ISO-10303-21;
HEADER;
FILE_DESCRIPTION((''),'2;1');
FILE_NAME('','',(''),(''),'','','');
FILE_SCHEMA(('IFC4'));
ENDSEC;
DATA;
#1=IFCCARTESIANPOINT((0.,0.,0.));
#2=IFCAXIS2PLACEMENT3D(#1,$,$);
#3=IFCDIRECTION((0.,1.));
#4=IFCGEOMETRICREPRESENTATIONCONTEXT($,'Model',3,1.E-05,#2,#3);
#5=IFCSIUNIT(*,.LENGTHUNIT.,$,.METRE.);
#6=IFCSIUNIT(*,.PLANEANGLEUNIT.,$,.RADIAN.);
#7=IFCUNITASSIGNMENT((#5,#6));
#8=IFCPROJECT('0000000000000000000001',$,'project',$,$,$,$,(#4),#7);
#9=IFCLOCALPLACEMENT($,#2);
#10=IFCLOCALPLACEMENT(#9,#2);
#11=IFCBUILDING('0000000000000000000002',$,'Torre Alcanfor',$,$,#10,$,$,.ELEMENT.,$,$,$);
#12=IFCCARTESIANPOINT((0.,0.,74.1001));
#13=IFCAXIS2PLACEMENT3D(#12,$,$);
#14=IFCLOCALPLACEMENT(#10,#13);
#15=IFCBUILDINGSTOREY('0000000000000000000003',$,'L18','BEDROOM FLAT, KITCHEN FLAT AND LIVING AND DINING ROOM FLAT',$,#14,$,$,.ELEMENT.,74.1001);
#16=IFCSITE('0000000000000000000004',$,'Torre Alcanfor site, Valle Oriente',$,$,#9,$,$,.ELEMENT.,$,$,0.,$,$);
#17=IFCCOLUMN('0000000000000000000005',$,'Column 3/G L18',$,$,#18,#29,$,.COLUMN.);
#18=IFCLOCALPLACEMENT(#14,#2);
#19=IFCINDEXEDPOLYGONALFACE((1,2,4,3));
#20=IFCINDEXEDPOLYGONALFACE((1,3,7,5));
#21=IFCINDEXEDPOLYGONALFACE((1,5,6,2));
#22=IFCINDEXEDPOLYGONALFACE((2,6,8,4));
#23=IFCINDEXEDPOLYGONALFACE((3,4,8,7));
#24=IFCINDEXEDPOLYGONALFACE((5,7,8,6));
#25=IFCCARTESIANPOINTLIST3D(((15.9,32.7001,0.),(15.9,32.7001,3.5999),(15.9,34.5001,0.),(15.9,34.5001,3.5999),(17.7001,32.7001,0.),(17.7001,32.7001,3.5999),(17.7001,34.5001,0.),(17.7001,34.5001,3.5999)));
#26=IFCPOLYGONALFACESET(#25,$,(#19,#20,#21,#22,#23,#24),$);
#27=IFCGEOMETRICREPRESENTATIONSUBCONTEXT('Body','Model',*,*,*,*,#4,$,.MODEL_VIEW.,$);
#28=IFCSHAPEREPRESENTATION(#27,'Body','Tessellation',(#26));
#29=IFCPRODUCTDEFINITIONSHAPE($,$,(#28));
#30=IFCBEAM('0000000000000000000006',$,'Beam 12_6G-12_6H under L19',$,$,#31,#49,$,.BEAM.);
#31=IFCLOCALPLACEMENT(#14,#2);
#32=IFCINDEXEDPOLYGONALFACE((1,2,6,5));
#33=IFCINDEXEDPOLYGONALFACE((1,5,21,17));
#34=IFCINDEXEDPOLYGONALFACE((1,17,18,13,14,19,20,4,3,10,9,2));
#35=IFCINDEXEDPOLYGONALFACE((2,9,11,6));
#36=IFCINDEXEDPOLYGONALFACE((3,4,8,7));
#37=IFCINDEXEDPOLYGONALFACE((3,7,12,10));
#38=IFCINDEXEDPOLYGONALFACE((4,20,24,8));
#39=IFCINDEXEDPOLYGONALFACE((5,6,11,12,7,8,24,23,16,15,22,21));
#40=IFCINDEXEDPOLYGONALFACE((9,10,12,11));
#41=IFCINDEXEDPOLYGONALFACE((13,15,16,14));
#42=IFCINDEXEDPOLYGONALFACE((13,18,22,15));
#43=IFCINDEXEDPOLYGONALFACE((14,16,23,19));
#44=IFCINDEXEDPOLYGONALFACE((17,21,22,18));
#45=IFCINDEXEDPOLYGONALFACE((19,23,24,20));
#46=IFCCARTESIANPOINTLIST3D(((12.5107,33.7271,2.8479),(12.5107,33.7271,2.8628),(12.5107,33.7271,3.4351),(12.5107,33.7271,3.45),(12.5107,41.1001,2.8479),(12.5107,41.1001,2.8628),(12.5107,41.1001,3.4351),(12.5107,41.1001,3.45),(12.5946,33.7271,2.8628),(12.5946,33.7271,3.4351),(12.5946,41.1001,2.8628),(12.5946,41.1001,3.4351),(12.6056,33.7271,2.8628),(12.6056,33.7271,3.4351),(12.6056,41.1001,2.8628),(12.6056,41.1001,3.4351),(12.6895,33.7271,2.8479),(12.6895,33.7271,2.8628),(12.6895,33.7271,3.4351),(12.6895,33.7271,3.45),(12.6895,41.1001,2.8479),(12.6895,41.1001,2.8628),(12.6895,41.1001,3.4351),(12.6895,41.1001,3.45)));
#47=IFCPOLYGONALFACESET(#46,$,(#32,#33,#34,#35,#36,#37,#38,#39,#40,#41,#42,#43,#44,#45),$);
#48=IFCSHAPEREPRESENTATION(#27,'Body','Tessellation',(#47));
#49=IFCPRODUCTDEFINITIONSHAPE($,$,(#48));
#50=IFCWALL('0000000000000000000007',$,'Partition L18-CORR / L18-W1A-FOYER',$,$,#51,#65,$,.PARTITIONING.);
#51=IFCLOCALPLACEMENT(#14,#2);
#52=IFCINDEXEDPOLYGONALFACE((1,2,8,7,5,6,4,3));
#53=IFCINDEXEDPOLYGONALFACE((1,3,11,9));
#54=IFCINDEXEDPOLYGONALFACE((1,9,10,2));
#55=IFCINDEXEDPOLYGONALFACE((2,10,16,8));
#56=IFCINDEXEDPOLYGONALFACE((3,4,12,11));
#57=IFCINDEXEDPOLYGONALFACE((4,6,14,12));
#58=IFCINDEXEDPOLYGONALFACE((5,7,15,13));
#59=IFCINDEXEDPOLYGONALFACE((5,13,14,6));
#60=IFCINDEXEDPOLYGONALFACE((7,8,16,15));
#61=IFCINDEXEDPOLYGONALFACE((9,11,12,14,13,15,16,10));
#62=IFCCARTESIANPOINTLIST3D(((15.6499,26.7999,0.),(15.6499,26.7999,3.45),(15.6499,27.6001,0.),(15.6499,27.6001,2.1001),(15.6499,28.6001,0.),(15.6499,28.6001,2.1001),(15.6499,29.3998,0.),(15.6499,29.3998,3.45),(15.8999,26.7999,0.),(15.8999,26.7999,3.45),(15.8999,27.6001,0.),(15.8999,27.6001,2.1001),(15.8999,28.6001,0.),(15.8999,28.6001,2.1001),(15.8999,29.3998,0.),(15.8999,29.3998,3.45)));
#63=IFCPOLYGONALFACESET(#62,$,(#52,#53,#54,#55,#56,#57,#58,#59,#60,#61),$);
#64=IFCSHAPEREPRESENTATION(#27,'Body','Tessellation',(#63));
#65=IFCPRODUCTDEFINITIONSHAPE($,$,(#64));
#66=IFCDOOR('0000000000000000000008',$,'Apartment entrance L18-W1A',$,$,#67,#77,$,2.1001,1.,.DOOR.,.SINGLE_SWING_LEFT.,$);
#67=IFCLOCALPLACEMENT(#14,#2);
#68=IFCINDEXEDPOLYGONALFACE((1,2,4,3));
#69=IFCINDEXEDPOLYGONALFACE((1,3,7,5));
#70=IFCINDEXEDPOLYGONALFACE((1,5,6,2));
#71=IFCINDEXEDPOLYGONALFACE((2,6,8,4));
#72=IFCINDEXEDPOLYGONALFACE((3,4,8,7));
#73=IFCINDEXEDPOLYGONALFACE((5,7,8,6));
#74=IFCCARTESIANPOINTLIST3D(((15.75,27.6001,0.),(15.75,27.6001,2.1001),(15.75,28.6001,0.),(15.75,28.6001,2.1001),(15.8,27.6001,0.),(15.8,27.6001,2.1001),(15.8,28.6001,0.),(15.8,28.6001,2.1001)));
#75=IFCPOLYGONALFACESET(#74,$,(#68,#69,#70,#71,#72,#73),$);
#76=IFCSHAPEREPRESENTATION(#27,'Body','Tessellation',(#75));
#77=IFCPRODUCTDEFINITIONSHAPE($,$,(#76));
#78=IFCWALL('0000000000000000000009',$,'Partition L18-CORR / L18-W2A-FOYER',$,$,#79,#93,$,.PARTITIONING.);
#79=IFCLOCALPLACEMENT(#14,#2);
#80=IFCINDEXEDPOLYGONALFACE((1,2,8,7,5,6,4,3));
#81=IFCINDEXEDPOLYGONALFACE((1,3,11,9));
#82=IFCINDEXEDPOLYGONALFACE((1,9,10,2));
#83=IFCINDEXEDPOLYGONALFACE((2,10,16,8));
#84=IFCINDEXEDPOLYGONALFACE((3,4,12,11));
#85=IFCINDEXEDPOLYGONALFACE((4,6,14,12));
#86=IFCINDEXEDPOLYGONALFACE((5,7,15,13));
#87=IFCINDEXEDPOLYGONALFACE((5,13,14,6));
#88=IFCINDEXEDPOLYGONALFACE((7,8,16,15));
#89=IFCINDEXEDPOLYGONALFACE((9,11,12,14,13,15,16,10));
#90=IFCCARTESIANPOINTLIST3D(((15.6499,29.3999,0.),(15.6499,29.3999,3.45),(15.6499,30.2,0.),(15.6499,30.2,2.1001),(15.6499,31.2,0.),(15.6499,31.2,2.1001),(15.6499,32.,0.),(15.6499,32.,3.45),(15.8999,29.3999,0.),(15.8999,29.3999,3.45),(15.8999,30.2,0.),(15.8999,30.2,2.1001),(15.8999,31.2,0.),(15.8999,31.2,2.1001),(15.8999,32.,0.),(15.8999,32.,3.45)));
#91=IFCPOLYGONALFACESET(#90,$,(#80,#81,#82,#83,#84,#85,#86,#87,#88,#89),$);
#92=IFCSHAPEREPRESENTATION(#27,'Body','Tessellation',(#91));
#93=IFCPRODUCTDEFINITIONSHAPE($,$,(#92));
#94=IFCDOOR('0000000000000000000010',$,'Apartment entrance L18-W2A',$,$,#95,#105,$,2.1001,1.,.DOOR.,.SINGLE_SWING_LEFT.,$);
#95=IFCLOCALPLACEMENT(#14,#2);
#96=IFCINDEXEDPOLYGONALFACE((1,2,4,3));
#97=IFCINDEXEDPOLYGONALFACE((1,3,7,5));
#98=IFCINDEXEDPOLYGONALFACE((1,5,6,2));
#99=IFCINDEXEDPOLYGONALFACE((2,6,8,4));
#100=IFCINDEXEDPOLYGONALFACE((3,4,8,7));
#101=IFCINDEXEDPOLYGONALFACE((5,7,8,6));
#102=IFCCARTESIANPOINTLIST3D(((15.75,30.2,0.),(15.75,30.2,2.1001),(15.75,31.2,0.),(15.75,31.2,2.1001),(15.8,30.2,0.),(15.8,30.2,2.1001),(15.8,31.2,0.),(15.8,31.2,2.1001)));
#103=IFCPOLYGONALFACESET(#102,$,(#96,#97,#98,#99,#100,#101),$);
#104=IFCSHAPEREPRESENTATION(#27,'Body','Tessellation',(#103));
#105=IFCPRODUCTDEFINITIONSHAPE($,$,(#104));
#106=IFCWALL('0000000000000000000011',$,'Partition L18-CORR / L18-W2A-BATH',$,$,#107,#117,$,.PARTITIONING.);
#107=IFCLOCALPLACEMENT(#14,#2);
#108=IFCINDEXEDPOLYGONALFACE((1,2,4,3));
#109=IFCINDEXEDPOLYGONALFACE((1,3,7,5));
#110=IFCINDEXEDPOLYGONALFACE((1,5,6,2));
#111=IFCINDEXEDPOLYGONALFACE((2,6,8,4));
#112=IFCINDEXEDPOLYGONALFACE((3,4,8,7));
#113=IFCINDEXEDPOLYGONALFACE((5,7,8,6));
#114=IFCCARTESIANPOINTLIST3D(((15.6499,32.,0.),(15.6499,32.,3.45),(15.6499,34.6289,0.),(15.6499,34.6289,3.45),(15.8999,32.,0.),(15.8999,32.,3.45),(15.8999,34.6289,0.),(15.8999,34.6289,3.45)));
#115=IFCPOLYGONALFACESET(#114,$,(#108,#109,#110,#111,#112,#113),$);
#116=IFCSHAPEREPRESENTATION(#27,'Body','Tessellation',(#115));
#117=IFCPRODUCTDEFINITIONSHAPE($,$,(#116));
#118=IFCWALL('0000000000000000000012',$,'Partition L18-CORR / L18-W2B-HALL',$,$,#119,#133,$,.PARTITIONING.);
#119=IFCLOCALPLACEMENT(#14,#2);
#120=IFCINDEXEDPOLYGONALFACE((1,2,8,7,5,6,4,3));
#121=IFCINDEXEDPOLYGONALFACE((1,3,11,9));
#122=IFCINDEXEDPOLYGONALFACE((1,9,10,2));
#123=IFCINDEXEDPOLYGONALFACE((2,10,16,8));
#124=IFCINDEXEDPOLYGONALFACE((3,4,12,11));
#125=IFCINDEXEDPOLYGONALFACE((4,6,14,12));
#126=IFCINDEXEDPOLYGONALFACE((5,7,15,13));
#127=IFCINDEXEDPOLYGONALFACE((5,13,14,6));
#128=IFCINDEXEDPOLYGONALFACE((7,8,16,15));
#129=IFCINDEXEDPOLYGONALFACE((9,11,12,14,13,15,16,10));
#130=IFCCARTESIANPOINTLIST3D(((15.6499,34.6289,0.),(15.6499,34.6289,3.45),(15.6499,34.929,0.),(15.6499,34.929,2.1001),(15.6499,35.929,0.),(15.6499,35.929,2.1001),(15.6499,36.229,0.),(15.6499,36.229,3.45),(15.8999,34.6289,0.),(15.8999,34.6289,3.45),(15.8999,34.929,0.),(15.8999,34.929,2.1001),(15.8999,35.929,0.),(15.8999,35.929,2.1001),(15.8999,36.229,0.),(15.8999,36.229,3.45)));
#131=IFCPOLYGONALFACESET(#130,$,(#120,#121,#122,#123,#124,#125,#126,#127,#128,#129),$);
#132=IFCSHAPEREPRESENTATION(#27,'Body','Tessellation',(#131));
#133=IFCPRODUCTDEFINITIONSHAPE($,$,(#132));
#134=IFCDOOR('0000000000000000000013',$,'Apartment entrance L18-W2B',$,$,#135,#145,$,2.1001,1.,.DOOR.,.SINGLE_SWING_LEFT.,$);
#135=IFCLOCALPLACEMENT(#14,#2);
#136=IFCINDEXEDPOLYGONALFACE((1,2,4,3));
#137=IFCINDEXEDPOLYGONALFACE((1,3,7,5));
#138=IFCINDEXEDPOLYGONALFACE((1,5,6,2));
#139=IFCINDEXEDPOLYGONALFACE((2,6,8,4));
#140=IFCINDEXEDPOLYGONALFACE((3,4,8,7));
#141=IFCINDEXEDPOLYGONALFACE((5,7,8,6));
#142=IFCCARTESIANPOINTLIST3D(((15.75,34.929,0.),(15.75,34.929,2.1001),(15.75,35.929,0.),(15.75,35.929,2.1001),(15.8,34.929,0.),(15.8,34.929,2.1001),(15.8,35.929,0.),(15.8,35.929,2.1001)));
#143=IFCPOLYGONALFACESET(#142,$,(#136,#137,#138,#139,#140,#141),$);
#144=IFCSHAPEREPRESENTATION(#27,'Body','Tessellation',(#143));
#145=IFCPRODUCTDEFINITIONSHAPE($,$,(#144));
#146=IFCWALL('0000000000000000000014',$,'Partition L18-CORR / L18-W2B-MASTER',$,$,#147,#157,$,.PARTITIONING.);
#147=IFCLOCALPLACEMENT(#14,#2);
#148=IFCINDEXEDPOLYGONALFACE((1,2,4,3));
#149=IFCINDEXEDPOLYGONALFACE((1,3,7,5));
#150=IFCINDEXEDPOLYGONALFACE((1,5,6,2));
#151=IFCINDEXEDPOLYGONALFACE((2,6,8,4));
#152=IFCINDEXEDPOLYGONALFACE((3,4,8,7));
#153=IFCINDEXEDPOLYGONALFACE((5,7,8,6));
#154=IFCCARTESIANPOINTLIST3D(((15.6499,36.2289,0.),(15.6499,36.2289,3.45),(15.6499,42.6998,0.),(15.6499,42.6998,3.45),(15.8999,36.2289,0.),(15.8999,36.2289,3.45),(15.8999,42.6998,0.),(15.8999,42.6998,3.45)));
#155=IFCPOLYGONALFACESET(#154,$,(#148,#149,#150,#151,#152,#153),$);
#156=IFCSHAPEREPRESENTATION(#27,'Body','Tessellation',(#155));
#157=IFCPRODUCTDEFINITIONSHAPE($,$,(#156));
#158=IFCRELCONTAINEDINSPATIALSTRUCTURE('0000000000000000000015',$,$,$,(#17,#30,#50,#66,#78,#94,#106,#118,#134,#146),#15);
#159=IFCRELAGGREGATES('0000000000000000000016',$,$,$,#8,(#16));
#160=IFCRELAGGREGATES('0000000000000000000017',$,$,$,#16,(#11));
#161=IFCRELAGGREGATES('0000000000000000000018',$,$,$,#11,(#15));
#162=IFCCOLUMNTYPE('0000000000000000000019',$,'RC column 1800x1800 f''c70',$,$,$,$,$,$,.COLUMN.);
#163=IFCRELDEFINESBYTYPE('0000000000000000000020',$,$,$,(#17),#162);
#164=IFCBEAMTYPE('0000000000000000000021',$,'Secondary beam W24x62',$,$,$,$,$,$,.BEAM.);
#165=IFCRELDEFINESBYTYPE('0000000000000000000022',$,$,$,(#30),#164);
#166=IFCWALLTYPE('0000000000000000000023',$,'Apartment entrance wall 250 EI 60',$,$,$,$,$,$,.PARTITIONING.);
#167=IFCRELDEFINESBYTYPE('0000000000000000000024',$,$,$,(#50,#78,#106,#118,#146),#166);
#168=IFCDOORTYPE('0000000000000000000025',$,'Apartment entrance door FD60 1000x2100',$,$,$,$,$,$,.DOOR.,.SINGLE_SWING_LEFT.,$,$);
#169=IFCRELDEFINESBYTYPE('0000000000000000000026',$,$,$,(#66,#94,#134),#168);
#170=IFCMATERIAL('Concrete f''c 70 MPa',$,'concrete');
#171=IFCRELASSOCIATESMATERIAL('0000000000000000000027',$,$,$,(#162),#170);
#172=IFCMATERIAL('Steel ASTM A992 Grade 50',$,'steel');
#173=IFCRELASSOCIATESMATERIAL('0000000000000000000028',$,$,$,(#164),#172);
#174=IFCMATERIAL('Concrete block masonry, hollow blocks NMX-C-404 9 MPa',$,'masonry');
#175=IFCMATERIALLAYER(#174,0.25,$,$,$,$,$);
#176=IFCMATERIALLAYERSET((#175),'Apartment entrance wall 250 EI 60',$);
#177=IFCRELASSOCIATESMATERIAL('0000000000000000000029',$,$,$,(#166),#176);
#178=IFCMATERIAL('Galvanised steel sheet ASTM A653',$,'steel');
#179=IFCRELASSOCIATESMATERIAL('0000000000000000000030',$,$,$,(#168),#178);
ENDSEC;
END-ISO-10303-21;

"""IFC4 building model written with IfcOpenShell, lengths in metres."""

from ifc_helpers import new_model, si_unit, direction, frame, frame_2d, origin, origin_2d, place, context, subcontext, project, spatial, rectangle, i_section, extrude, material, layer, layer_set, material_profile, profile_set, type_object, element, fill, save


model = new_model("IFC4")

# Units and contexts
model_context = context("Model", 3, precision=1e-05, world=origin(), true_north=direction((0.0, 1.0)))
body_context = subcontext(model_context, "Body", "Model", "MODEL_VIEW")
ifc_project = project(units=[si_unit("LENGTHUNIT", "METRE"), si_unit("PLANEANGLEUNIT", "RADIAN")], contexts=[model_context])

# Site, building, storey
site_placement = place(None, origin())
site = spatial("IfcSite", under=ifc_project, at=site_placement, Name="Torre Alcanfor site, Valle Oriente", CompositionType="ELEMENT", RefElevation=0.0)
building_placement = place(site_placement, origin())
building = spatial("IfcBuilding", under=site, at=building_placement, Name="Torre Alcanfor", CompositionType="ELEMENT")
storey_placement = place(building_placement, frame((0.0, 0.0, 74.1001)))
storey = spatial("IfcBuildingStorey", under=building, at=storey_placement, Name="L18", Description="BEDROOM FLAT, KITCHEN FLAT AND LIVING AND DINING ROOM FLAT", CompositionType="ELEMENT", Elevation=74.1001)

# Column
ifc_material_1 = material(Name="Concrete f'c 70 MPa", Category="concrete")
ifc_material_profile_1 = material_profile(ifc_material_1, rectangle(XDim=1.8, YDim=1.8, at=origin_2d()), Name="1800x1800")
ifc_profile_set_1 = profile_set([ifc_material_profile_1], Name="Concrete f'c 70 MPa")
column_type = type_object("IfcColumnType", Name="RC column 1800x1800 f'c70", PredefinedType="COLUMN", material=ifc_profile_set_1)
column_placement = place(storey_placement, frame((16.8, 33.6001, 0.0), z_axis=(0.0, 0.0, 1.0), x_axis=(1.0, 0.0, 0.0)))
element("IfcColumn", 1, at=column_placement, inside=storey, type_object=column_type, Name="Column 3/G L18", PredefinedType="COLUMN", context=body_context, shape_type="SweptSolid", body=[
    extrude(rectangle(XDim=1.8, YDim=1.8, at=origin_2d()), origin(), (0.0, 0.0, 1.0), 3.5999),
])

# Beam
ifc_material_2 = material(Name="Steel ASTM A992 Grade 50", Category="steel")
ifc_material_profile_2 = material_profile(ifc_material_2, i_section(OverallWidth=0.1787, OverallDepth=0.6021, WebThickness=0.011, FlangeThickness=0.0149, at=origin_2d()), Name="W24x62")
ifc_profile_set_2 = profile_set([ifc_material_profile_2], Name="Steel ASTM A992 Grade 50")
beam_type = type_object("IfcBeamType", Name="Secondary beam W24x62", PredefinedType="BEAM", material=ifc_profile_set_2)
beam_placement = place(storey_placement, frame((12.6001, 33.7271, 3.1489), z_axis=(0.0, 1.0, 0.0), x_axis=(-1.0, 0.0, 0.0)))
element("IfcBeam", 2, at=beam_placement, inside=storey, type_object=beam_type, Name="Beam 12_6G-12_6H under L19", PredefinedType="BEAM", context=body_context, shape_type="SweptSolid", body=[
    extrude(i_section(OverallWidth=0.1787, OverallDepth=0.6021, WebThickness=0.011, FlangeThickness=0.0149, at=origin_2d()), origin(), (0.0, 0.0, 1.0), 7.373),
])

# Walls, openings, doors
ifc_material_3 = material(Name="Concrete block masonry, hollow blocks NMX-C-404 9 MPa", Category="masonry")
ifc_layer_1 = layer(ifc_material_3, 0.25)
ifc_layer_set_1 = layer_set([ifc_layer_1], Name="Apartment entrance wall 250 EI 60")
wall_type_1 = type_object("IfcWallType", Name="Apartment entrance wall 250 EI 60", PredefinedType="PARTITIONING", material=ifc_layer_set_1)
wall_1_placement = place(storey_placement, frame((15.7749, 26.8, 0.0), z_axis=(0.0, 0.0, 1.0), x_axis=(0.0, 1.0, 0.0)))
wall_1 = element("IfcWall", 3, at=wall_1_placement, inside=storey, type_object=wall_type_1, Name="Partition L18-CORR / L18-W1A-FOYER", PredefinedType="PARTITIONING", context=body_context, shape_type="SweptSolid", body=[
    extrude(rectangle(XDim=2.5999, YDim=0.25, at=frame_2d((1.2998, 0.0))), origin(), (0.0, 0.0, 1.0), 3.45),
])
opening_1_placement = place(wall_1_placement, frame((0.8, 0.0, 0.0)))
opening_1 = element("IfcOpeningElement", 4, at=opening_1_placement, cuts=wall_1, PredefinedType="OPENING", context=body_context, shape_type="SweptSolid", body=[
    extrude(rectangle(XDim=1.0, YDim=2.1001, at=frame_2d((0.5, 1.05))), frame((0.0, 0.135, 0.0), z_axis=(0.0, -1.0, 0.0), x_axis=(1.0, 0.0, 0.0)), (0.0, 0.0, 1.0), 0.27),
])
ifc_material_4 = material(Name="Galvanised steel sheet ASTM A653", Category="steel")
door_type_1 = type_object("IfcDoorType", Name="Apartment entrance door FD60 1000x2100", OperationType="SINGLE_SWING_LEFT", PredefinedType="DOOR", material=ifc_material_4)
door_1_placement = place(opening_1_placement, origin())
door_1 = element("IfcDoor", 5, at=door_1_placement, inside=storey, type_object=door_type_1, Name="Apartment entrance L18-W1A", OperationType="SINGLE_SWING_LEFT", OverallHeight=2.1001, OverallWidth=1.0, PredefinedType="DOOR", context=body_context, shape_type="SweptSolid", body=[
    extrude(rectangle(XDim=1.0, YDim=2.1001, at=frame_2d((0.5, 1.05))), frame((0.0, 0.0249, 0.0), z_axis=(0.0, -1.0, 0.0), x_axis=(1.0, 0.0, 0.0)), (0.0, 0.0, 1.0), 0.05),
])
fill(opening_1, door_1)
wall_2_placement = place(storey_placement, frame((15.7749, 29.3999, 0.0), z_axis=(0.0, 0.0, 1.0), x_axis=(0.0, 1.0, 0.0)))
wall_2 = element("IfcWall", 6, at=wall_2_placement, inside=storey, type_object=wall_type_1, Name="Partition L18-CORR / L18-W2A-FOYER", PredefinedType="PARTITIONING", context=body_context, shape_type="SweptSolid", body=[
    extrude(rectangle(XDim=2.6001, YDim=0.25, at=frame_2d((1.3, 0.0))), origin(), (0.0, 0.0, 1.0), 3.45),
])
opening_2_placement = place(wall_2_placement, frame((0.8, 0.0, 0.0)))
opening_2 = element("IfcOpeningElement", 7, at=opening_2_placement, cuts=wall_2, PredefinedType="OPENING", context=body_context, shape_type="SweptSolid", body=[
    extrude(rectangle(XDim=1.0, YDim=2.1001, at=frame_2d((0.5, 1.05))), frame((0.0, 0.135, 0.0), z_axis=(0.0, -1.0, 0.0), x_axis=(1.0, 0.0, 0.0)), (0.0, 0.0, 1.0), 0.27),
])
door_2_placement = place(opening_2_placement, origin())
door_2 = element("IfcDoor", 8, at=door_2_placement, inside=storey, type_object=door_type_1, Name="Apartment entrance L18-W2A", OperationType="SINGLE_SWING_LEFT", OverallHeight=2.1001, OverallWidth=1.0, PredefinedType="DOOR", context=body_context, shape_type="SweptSolid", body=[
    extrude(rectangle(XDim=1.0, YDim=2.1001, at=frame_2d((0.5, 1.05))), frame((0.0, 0.0249, 0.0), z_axis=(0.0, -1.0, 0.0), x_axis=(1.0, 0.0, 0.0)), (0.0, 0.0, 1.0), 0.05),
])
fill(opening_2, door_2)

# Wall
wall_3_placement = place(storey_placement, frame((15.7749, 32.0, 0.0), z_axis=(0.0, 0.0, 1.0), x_axis=(0.0, 1.0, 0.0)))
element("IfcWall", 9, at=wall_3_placement, inside=storey, type_object=wall_type_1, Name="Partition L18-CORR / L18-W2A-BATH", PredefinedType="PARTITIONING", context=body_context, shape_type="SweptSolid", body=[
    extrude(rectangle(XDim=2.6289, YDim=0.25, at=frame_2d((1.3145, 0.0))), origin(), (0.0, 0.0, 1.0), 3.45),
])

# Wall, opening, door
wall_4_placement = place(storey_placement, frame((15.7749, 34.6289, 0.0), z_axis=(0.0, 0.0, 1.0), x_axis=(0.0, 1.0, 0.0)))
wall_4 = element("IfcWall", 10, at=wall_4_placement, inside=storey, type_object=wall_type_1, Name="Partition L18-CORR / L18-W2B-HALL", PredefinedType="PARTITIONING", context=body_context, shape_type="SweptSolid", body=[
    extrude(rectangle(XDim=1.6001, YDim=0.25, at=frame_2d((0.8, 0.0))), origin(), (0.0, 0.0, 1.0), 3.45),
])
opening_3_placement = place(wall_4_placement, frame((0.3, 0.0, 0.0)))
opening_3 = element("IfcOpeningElement", 11, at=opening_3_placement, cuts=wall_4, PredefinedType="OPENING", context=body_context, shape_type="SweptSolid", body=[
    extrude(rectangle(XDim=1.0, YDim=2.1001, at=frame_2d((0.5, 1.05))), frame((0.0, 0.135, 0.0), z_axis=(0.0, -1.0, 0.0), x_axis=(1.0, 0.0, 0.0)), (0.0, 0.0, 1.0), 0.27),
])
door_3_placement = place(opening_3_placement, origin())
door_3 = element("IfcDoor", 12, at=door_3_placement, inside=storey, type_object=door_type_1, Name="Apartment entrance L18-W2B", OperationType="SINGLE_SWING_LEFT", OverallHeight=2.1001, OverallWidth=1.0, PredefinedType="DOOR", context=body_context, shape_type="SweptSolid", body=[
    extrude(rectangle(XDim=1.0, YDim=2.1001, at=frame_2d((0.5, 1.05))), frame((0.0, 0.0249, 0.0), z_axis=(0.0, -1.0, 0.0), x_axis=(1.0, 0.0, 0.0)), (0.0, 0.0, 1.0), 0.05),
])
fill(opening_3, door_3)

# Wall
wall_5_placement = place(storey_placement, frame((15.7749, 36.229, 0.0), z_axis=(0.0, 0.0, 1.0), x_axis=(0.0, 1.0, 0.0)))
element("IfcWall", 13, at=wall_5_placement, inside=storey, type_object=wall_type_1, Name="Partition L18-CORR / L18-W2B-MASTER", PredefinedType="PARTITIONING", context=body_context, shape_type="SweptSolid", body=[
    extrude(rectangle(XDim=6.4709, YDim=0.25, at=frame_2d((3.2354, 0.0))), origin(), (0.0, 0.0, 1.0), 3.45),
])

save(model, "model.ifc")
